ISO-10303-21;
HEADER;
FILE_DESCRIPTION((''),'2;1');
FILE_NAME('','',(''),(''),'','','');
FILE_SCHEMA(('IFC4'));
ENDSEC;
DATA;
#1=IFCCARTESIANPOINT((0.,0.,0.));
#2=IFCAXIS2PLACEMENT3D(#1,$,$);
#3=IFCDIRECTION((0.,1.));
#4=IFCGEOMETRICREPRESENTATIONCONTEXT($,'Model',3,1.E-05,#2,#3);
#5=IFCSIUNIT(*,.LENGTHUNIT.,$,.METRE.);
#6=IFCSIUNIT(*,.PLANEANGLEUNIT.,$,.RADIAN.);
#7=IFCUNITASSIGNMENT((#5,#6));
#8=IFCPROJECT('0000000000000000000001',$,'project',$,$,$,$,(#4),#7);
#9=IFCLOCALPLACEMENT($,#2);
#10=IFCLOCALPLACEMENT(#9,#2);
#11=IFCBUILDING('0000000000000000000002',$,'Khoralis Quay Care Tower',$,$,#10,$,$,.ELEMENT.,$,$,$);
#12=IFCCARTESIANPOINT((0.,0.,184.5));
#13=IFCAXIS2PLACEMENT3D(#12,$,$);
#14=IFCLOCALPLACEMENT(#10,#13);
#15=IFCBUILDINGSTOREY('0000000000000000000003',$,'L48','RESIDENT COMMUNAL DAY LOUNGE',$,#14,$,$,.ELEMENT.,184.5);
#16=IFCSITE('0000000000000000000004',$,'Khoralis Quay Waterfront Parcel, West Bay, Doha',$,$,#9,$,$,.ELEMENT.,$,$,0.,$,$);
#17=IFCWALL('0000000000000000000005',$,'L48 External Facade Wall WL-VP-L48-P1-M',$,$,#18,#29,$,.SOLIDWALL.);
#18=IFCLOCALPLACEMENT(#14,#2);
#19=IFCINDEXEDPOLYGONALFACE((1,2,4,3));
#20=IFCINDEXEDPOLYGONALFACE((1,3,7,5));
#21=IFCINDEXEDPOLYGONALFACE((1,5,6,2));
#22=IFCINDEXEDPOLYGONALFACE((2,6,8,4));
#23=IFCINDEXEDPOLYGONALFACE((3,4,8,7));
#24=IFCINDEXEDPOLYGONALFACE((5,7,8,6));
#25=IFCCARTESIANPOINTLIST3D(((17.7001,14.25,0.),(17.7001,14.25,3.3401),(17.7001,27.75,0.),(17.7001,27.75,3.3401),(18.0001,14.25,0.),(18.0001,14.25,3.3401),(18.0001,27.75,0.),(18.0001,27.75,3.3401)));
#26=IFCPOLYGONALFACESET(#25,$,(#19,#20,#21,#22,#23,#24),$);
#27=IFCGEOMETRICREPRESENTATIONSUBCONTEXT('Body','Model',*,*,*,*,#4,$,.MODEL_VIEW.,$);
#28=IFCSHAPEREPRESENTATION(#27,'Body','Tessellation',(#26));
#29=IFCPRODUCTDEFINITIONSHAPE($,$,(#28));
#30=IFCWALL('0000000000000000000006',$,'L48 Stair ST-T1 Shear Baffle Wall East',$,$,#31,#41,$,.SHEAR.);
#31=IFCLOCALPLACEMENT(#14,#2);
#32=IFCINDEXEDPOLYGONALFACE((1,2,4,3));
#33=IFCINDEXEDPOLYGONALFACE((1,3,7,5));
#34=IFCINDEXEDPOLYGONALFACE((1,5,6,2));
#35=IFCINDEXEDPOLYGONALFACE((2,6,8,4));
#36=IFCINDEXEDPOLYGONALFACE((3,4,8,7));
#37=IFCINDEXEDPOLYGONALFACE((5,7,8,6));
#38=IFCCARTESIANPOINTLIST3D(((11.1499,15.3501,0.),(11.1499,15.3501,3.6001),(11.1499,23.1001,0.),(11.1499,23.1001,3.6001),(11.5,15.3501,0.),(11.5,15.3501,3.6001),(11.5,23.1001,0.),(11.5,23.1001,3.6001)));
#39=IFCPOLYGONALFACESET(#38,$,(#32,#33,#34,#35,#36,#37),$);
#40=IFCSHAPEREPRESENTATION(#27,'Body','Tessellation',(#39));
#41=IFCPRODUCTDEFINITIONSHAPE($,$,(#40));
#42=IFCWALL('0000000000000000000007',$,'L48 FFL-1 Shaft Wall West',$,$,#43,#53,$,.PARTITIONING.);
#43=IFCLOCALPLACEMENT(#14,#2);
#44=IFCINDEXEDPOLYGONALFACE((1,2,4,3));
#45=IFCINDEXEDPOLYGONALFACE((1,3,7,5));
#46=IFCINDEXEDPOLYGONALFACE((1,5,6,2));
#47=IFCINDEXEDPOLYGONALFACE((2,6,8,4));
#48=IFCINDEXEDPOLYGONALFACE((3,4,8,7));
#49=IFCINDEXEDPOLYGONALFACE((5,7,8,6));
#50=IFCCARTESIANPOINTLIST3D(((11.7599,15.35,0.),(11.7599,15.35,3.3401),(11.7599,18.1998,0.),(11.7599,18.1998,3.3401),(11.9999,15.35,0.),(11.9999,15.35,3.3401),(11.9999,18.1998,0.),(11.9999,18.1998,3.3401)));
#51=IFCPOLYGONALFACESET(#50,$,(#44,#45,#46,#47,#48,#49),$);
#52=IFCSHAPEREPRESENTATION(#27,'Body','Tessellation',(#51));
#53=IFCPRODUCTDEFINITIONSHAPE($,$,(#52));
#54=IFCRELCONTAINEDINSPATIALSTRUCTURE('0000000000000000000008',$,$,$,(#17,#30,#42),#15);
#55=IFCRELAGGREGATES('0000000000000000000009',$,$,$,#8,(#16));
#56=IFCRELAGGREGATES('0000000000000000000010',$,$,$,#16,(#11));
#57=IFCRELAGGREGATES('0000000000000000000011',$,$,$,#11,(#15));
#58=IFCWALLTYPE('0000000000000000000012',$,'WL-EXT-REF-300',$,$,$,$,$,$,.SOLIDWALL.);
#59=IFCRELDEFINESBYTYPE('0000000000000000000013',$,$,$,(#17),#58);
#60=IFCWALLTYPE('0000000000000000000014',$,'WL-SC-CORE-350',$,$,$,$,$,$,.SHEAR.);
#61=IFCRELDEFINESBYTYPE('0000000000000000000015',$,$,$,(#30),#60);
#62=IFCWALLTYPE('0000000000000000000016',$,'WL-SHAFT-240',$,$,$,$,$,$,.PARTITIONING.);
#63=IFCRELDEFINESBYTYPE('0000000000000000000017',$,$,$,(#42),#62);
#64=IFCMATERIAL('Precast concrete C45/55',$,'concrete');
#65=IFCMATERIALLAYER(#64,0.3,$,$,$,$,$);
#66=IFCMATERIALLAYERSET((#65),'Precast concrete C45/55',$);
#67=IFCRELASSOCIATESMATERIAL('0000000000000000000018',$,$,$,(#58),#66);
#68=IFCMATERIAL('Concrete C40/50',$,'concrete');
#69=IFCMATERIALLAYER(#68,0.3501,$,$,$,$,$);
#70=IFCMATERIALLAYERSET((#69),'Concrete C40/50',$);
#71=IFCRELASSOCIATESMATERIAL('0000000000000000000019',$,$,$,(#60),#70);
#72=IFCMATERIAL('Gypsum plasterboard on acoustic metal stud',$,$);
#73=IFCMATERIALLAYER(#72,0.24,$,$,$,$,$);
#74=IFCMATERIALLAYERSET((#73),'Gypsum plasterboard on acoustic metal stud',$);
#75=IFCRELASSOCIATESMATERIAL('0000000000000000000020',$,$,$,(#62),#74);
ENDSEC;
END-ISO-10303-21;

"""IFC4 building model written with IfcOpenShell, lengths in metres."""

from ifc_helpers import new_model, si_unit, direction, frame, frame_2d, origin, place, context, subcontext, project, spatial, rectangle, extrude, material, layer, layer_set, type_object, element, save


model = new_model("IFC4")

# Units and contexts
model_context = context("Model", 3, precision=1e-05, world=origin(), true_north=direction((0.0, 1.0)))
body_context = subcontext(model_context, "Body", "Model", "MODEL_VIEW")
ifc_project = project(units=[si_unit("LENGTHUNIT", "METRE"), si_unit("PLANEANGLEUNIT", "RADIAN")], contexts=[model_context])

# Site, building, storey
site_placement = place(None, origin())
site = spatial("IfcSite", under=ifc_project, at=site_placement, Name="Khoralis Quay Waterfront Parcel, West Bay, Doha", CompositionType="ELEMENT", RefElevation=0.0)
building_placement = place(site_placement, origin())
building = spatial("IfcBuilding", under=site, at=building_placement, Name="Khoralis Quay Care Tower", CompositionType="ELEMENT")
storey_placement = place(building_placement, frame((0.0, 0.0, 184.5)))
storey = spatial("IfcBuildingStorey", under=building, at=storey_placement, Name="L48", Description="RESIDENT COMMUNAL DAY LOUNGE", CompositionType="ELEMENT", Elevation=184.5)

# Shared definitions
ifc_material_1 = material(Name="Gypsum plasterboard on acoustic metal stud")

# Walls
ifc_material_2 = material(Name="Precast concrete C45/55", Category="concrete")
ifc_layer_1 = layer(ifc_material_2, 0.3)
ifc_layer_set_1 = layer_set([ifc_layer_1], Name="Precast concrete C45/55")
wall_type_1 = type_object("IfcWallType", Name="WL-EXT-REF-300", PredefinedType="SOLIDWALL", material=ifc_layer_set_1)
wall_1_placement = place(storey_placement, frame((17.8501, 14.25, 0.0), z_axis=(0.0, 0.0, 1.0), x_axis=(0.0, 1.0, 0.0)))
element("IfcWall", 1, at=wall_1_placement, inside=storey, type_object=wall_type_1, Name="L48 External Facade Wall WL-VP-L48-P1-M", PredefinedType="SOLIDWALL", context=body_context, shape_type="SweptSolid", body=[
    extrude(rectangle(XDim=13.5, YDim=0.3, at=frame_2d((6.75, 0.0))), origin(), (0.0, 0.0, 1.0), 3.3401),
])
ifc_material_3 = material(Name="Concrete C40/50", Category="concrete")
ifc_layer_2 = layer(ifc_material_3, 0.3501)
ifc_layer_set_2 = layer_set([ifc_layer_2], Name="Concrete C40/50")
wall_type_2 = type_object("IfcWallType", Name="WL-SC-CORE-350", PredefinedType="SHEAR", material=ifc_layer_set_2)
wall_2_placement = place(storey_placement, frame((11.325, 15.3501, 0.0), z_axis=(0.0, 0.0, 1.0), x_axis=(0.0, 1.0, 0.0)))
element("IfcWall", 2, at=wall_2_placement, inside=storey, type_object=wall_type_2, Name="L48 Stair ST-T1 Shear Baffle Wall East", PredefinedType="SHEAR", context=body_context, shape_type="SweptSolid", body=[
    extrude(rectangle(XDim=7.75, YDim=0.3501, at=frame_2d((3.875, 0.0))), origin(), (0.0, 0.0, 1.0), 3.6001),
])
ifc_layer_3 = layer(ifc_material_1, 0.24)
ifc_layer_set_3 = layer_set([ifc_layer_3], Name="Gypsum plasterboard on acoustic metal stud")
wall_type_3 = type_object("IfcWallType", Name="WL-SHAFT-240", PredefinedType="PARTITIONING", material=ifc_layer_set_3)
wall_3_placement = place(storey_placement, frame((11.8799, 15.3501, 0.0), z_axis=(0.0, 0.0, 1.0), x_axis=(0.0, 1.0, 0.0)))
element("IfcWall", 3, at=wall_3_placement, inside=storey, type_object=wall_type_3, Name="L48 FFL-1 Shaft Wall West", PredefinedType="PARTITIONING", context=body_context, shape_type="SweptSolid", body=[
    extrude(rectangle(XDim=2.8499, YDim=0.24, at=frame_2d((1.4248, 0.0))), origin(), (0.0, 0.0, 1.0), 3.3401),
])

save(model, "model.ifc")
